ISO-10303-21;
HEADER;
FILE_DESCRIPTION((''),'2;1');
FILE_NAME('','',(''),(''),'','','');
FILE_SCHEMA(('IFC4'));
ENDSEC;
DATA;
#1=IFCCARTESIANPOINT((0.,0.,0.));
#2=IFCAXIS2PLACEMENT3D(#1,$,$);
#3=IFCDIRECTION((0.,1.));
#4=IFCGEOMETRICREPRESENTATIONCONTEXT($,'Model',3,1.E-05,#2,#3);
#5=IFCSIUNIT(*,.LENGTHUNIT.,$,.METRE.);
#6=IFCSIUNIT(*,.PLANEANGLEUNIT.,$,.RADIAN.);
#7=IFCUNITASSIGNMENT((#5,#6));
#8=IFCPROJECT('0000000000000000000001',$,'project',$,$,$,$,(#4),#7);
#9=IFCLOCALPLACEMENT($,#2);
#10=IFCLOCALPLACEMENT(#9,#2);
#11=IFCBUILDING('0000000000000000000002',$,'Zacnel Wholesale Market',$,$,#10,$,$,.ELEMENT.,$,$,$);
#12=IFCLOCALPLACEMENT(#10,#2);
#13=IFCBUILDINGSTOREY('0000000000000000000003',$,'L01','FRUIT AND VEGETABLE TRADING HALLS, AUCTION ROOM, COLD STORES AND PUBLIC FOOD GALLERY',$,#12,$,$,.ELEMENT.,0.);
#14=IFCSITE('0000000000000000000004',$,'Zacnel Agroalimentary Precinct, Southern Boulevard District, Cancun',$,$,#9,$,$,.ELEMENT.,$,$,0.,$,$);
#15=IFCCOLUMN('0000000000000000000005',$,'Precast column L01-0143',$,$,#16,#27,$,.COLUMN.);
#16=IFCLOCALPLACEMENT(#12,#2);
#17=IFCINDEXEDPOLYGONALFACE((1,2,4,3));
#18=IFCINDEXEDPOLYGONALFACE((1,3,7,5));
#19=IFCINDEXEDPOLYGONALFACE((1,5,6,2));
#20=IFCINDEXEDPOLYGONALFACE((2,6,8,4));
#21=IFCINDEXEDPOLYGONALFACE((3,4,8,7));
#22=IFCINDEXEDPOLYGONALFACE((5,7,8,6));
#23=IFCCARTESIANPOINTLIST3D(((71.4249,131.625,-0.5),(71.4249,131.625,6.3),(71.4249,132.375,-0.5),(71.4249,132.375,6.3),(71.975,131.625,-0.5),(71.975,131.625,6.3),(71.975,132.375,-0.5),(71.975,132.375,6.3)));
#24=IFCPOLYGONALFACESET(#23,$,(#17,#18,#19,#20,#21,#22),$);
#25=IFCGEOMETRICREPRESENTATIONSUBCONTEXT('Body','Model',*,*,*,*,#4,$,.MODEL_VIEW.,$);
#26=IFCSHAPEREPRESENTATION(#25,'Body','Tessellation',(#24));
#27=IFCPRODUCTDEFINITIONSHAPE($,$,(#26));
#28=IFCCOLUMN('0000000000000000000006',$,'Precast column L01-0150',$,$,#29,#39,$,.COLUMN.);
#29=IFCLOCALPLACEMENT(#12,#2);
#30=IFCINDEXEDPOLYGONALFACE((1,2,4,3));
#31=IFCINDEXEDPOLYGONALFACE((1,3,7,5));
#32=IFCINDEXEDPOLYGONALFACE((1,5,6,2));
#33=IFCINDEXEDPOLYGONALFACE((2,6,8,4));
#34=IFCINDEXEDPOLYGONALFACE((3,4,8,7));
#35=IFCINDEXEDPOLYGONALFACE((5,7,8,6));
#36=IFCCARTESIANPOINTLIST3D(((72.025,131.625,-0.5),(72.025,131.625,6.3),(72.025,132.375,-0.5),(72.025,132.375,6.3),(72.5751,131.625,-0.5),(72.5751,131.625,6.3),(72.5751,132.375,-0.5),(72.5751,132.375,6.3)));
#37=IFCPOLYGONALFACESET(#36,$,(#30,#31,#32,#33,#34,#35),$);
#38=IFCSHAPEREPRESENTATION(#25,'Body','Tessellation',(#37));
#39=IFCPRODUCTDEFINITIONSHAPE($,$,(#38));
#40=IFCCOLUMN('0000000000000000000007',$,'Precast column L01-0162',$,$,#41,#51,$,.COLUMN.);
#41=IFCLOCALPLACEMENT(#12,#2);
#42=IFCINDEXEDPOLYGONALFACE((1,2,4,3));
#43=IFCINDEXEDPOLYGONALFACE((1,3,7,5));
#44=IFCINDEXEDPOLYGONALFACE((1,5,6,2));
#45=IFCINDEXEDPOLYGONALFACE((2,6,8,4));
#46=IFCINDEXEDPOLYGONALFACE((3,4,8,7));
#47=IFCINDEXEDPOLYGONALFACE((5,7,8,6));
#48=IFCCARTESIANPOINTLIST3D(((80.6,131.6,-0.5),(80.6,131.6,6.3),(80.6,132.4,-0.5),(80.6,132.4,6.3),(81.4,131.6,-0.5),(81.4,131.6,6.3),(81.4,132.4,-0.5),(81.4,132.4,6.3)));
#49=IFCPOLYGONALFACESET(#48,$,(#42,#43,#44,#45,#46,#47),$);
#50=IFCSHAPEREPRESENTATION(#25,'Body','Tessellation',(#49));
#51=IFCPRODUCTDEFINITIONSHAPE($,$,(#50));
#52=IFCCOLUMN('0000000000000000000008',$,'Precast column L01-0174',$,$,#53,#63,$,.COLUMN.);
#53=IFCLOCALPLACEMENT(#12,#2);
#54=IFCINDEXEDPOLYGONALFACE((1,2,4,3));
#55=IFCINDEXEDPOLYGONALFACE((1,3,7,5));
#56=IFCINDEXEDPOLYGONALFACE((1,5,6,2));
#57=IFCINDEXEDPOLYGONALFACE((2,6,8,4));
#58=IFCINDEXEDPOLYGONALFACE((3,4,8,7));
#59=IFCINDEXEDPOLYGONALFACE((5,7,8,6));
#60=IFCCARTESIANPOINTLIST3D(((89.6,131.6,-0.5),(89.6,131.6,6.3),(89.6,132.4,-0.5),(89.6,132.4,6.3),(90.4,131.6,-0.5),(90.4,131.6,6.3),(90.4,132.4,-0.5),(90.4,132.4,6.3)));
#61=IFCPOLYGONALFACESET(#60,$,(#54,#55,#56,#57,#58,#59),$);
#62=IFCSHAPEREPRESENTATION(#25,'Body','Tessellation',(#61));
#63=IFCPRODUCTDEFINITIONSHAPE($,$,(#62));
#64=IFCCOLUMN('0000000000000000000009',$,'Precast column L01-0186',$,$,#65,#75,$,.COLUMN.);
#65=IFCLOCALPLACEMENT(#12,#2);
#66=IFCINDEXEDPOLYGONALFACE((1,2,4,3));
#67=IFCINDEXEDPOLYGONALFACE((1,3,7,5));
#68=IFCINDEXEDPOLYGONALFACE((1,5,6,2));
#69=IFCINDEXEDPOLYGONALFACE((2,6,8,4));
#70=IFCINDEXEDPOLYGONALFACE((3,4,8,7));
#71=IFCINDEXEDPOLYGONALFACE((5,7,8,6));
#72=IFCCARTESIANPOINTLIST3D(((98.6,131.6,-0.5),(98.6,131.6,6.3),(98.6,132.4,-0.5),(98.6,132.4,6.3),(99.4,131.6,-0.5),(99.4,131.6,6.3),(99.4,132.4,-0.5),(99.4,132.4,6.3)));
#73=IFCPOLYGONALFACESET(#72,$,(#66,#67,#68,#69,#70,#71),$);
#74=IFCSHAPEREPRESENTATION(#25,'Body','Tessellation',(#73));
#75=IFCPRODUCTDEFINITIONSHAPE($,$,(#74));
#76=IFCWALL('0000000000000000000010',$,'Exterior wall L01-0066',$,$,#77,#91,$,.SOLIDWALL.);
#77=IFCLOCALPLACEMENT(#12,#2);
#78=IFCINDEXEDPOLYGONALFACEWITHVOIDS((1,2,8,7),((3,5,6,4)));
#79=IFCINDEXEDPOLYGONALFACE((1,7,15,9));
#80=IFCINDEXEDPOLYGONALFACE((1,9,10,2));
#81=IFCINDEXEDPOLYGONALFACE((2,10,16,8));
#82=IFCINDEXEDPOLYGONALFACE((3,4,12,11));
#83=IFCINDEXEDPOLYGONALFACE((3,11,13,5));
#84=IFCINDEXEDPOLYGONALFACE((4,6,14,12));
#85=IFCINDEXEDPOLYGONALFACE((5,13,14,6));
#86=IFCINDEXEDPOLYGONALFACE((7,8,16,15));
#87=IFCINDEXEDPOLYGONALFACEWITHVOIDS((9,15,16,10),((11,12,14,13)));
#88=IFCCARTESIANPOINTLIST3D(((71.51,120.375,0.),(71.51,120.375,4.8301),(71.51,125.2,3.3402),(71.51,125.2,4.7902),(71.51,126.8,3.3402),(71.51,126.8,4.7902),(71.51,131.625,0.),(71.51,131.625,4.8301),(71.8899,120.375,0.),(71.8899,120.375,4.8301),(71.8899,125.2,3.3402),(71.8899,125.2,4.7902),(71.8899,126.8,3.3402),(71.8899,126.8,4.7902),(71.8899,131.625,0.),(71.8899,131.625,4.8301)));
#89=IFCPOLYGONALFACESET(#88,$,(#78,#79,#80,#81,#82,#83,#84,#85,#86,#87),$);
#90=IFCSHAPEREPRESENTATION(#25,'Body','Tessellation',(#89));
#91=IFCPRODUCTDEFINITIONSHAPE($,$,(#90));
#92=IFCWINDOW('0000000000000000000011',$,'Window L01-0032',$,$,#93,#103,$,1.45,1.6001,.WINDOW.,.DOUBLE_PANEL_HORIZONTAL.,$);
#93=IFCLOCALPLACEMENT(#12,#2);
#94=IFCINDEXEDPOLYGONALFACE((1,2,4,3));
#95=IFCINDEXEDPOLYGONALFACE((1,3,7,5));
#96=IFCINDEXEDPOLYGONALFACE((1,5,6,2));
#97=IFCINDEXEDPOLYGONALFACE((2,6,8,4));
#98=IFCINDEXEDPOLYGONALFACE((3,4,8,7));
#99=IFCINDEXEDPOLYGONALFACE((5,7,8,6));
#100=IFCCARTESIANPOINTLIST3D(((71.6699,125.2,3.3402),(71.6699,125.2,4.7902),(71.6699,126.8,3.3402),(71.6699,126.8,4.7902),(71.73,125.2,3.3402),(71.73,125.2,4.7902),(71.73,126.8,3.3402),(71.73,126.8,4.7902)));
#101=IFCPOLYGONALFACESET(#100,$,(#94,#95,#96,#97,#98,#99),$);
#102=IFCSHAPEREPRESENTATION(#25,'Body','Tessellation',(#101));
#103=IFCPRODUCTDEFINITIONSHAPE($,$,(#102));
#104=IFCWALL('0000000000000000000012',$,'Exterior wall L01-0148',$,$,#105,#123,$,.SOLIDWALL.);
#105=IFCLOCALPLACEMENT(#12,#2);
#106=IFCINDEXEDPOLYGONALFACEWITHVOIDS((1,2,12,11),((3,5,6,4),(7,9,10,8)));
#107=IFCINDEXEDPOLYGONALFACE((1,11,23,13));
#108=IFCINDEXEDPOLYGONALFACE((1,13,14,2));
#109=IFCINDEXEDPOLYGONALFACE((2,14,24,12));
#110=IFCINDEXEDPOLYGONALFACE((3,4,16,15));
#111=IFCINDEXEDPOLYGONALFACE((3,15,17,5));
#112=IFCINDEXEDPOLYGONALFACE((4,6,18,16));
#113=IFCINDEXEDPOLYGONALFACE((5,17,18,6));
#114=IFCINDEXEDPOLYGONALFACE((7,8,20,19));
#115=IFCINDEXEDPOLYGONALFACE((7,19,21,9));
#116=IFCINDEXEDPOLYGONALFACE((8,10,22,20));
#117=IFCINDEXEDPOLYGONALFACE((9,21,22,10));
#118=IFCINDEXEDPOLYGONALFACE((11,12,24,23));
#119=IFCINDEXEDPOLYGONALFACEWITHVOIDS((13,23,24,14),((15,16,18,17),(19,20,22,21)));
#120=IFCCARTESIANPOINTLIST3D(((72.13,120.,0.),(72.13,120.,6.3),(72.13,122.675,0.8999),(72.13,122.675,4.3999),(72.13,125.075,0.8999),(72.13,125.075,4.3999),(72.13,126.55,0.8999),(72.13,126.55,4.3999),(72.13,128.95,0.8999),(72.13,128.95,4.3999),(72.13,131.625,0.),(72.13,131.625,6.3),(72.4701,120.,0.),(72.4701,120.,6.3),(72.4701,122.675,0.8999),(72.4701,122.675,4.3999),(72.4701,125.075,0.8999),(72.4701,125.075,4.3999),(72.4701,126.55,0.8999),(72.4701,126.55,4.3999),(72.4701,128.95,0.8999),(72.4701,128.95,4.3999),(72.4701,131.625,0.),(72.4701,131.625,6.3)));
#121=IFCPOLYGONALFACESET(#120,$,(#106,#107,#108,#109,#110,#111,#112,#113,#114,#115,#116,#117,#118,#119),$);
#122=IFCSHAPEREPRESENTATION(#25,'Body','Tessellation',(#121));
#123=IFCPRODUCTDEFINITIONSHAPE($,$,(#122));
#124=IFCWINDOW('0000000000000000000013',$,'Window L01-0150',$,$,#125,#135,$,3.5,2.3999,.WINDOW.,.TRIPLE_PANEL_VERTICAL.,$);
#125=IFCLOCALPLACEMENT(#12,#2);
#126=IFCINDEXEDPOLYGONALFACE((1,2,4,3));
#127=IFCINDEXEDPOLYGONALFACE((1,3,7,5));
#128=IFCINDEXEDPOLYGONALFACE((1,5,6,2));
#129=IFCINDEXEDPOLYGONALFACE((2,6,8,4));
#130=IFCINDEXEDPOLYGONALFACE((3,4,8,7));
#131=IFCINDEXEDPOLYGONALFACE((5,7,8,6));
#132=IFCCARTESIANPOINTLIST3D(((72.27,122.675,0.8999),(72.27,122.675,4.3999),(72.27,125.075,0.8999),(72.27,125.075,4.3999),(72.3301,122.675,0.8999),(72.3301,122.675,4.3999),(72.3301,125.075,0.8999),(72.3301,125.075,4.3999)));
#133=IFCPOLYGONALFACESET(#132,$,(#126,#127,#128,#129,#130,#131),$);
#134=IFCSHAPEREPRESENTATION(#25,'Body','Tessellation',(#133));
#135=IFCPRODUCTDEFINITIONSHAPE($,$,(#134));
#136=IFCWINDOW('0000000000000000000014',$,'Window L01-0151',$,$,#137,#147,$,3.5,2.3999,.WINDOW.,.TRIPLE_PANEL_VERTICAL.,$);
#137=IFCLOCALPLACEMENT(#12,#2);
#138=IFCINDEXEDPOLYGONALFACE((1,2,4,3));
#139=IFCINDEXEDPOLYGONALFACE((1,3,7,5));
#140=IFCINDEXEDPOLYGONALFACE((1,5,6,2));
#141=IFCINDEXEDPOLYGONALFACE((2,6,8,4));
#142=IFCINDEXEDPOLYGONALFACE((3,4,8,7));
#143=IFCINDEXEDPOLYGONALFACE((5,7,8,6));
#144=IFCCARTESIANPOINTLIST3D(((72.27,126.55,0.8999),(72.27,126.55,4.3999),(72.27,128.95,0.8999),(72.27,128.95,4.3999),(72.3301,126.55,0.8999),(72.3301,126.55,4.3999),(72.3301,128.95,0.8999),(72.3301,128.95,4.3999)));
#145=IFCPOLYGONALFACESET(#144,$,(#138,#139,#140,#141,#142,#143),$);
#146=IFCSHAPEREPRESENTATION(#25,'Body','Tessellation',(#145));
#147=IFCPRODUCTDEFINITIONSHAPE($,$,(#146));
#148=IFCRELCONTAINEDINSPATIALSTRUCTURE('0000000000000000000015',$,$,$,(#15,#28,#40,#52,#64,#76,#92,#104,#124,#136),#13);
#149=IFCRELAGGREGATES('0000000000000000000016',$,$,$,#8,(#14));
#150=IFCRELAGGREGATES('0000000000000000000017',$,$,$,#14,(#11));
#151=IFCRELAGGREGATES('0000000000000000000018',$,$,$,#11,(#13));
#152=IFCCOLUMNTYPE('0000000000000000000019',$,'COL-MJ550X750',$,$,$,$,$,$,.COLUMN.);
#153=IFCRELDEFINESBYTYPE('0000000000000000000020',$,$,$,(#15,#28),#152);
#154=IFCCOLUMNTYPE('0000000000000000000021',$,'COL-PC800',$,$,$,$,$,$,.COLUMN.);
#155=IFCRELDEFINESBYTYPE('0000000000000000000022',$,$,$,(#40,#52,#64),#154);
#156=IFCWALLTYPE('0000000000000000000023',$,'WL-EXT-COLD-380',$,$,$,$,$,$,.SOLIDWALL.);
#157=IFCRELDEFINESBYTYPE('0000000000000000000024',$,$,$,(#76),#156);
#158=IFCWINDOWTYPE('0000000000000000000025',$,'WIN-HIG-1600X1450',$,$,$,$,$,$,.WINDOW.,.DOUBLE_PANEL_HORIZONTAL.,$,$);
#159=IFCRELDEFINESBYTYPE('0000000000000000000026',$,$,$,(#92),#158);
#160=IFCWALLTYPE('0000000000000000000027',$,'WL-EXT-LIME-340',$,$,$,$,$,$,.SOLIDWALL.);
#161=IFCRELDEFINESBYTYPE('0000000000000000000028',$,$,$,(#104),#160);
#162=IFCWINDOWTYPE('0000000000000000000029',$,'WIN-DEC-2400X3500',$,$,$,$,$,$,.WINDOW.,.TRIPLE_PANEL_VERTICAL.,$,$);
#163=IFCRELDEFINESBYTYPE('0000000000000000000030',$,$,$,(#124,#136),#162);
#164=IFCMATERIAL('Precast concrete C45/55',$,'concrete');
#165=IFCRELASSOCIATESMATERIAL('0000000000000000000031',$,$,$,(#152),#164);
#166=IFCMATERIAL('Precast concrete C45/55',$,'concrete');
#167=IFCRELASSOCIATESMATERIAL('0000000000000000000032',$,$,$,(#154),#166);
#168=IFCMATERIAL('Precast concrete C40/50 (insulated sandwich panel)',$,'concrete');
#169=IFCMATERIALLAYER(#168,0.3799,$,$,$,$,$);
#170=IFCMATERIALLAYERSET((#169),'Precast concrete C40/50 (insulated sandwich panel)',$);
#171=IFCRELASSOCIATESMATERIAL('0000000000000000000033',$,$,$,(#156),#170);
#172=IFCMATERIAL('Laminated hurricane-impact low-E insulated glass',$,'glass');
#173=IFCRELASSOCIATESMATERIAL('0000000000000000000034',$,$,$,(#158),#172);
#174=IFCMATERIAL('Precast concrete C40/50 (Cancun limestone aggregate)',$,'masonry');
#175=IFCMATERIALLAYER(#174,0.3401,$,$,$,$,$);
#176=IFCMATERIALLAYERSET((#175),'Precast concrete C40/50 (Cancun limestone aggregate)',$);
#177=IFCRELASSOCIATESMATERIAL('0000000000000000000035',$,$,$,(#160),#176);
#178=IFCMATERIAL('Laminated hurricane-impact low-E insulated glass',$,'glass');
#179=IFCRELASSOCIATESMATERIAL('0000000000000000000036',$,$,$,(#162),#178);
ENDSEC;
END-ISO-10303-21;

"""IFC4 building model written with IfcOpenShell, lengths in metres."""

from ifc_helpers import new_model, si_unit, direction, frame, frame_2d, origin, origin_2d, place, context, subcontext, project, spatial, rectangle, extrude, material, layer, layer_set, material_profile, profile_set, type_object, element, fill, save


model = new_model("IFC4")

# Units and contexts
model_context = context("Model", 3, precision=1e-05, world=origin(), true_north=direction((0.0, 1.0)))
body_context = subcontext(model_context, "Body", "Model", "MODEL_VIEW")
ifc_project = project(units=[si_unit("LENGTHUNIT", "METRE"), si_unit("PLANEANGLEUNIT", "RADIAN")], contexts=[model_context])

# Site, building, storey
site_placement = place(None, origin())
site = spatial("IfcSite", under=ifc_project, at=site_placement, Name="Zacnel Agroalimentary Precinct, Southern Boulevard District, Cancun", CompositionType="ELEMENT", RefElevation=0.0)
building_placement = place(site_placement, origin())
building = spatial("IfcBuilding", under=site, at=building_placement, Name="Zacnel Wholesale Market", CompositionType="ELEMENT")
storey_placement = place(building_placement, origin())
storey = spatial("IfcBuildingStorey", under=building, at=storey_placement, Name="L01", Description="FRUIT AND VEGETABLE TRADING HALLS, AUCTION ROOM, COLD STORES AND PUBLIC FOOD GALLERY", CompositionType="ELEMENT", Elevation=0.0)

# Columns
ifc_material_1 = material(Name="Precast concrete C45/55", Category="concrete")
ifc_material_profile_1 = material_profile(ifc_material_1, rectangle(XDim=0.55, YDim=0.75, at=origin_2d()), Name="PC 550x750")
ifc_profile_set_1 = profile_set([ifc_material_profile_1], Name="Precast concrete C45/55")
column_type_1 = type_object("IfcColumnType", Name="COL-MJ550X750", PredefinedType="COLUMN", material=ifc_profile_set_1)
for number, where, z_axis, x_axis, name in (
    (1, (71.7, 132.0, -0.5), (0.0, 0.0, 1.0), (1.0, 0.0, 0.0), "Precast column L01-0143"),
    (2, (72.3, 132.0, -0.5), (0.0, 0.0, 1.0), (1.0, 0.0, 0.0), "Precast column L01-0150"),
):
    element("IfcColumn", number, at=place(storey_placement, frame(where, z_axis=z_axis, x_axis=x_axis)), inside=storey, type_object=column_type_1, Name=name, PredefinedType="COLUMN", context=body_context, shape_type="SweptSolid", body=[
        extrude(rectangle(XDim=0.55, YDim=0.75, at=origin_2d()), origin(), (0.0, 0.0, 1.0), 6.8),
    ])
ifc_material_2 = material(Name="Precast concrete C45/55", Category="concrete")
ifc_material_profile_2 = material_profile(ifc_material_2, rectangle(XDim=0.8, YDim=0.8, at=origin_2d()), Name="PC 800x800")
ifc_profile_set_2 = profile_set([ifc_material_profile_2], Name="Precast concrete C45/55")
column_type_2 = type_object("IfcColumnType", Name="COL-PC800", PredefinedType="COLUMN", material=ifc_profile_set_2)
for number, where, z_axis, x_axis, name in (
    (3, (81.0, 132.0, -0.5), (0.0, 0.0, 1.0), (1.0, 0.0, 0.0), "Precast column L01-0162"),
    (4, (90.0, 132.0, -0.5), (0.0, 0.0, 1.0), (1.0, 0.0, 0.0), "Precast column L01-0174"),
    (5, (99.0, 132.0, -0.5), (0.0, 0.0, 1.0), (1.0, 0.0, 0.0), "Precast column L01-0186"),
):
    element("IfcColumn", number, at=place(storey_placement, frame(where, z_axis=z_axis, x_axis=x_axis)), inside=storey, type_object=column_type_2, Name=name, PredefinedType="COLUMN", context=body_context, shape_type="SweptSolid", body=[
        extrude(rectangle(XDim=0.8, YDim=0.8, at=origin_2d()), origin(), (0.0, 0.0, 1.0), 6.8),
    ])

# Wall, opening, window
ifc_material_3 = material(Name="Precast concrete C40/50 (insulated sandwich panel)", Category="concrete")
ifc_layer_1 = layer(ifc_material_3, 0.3799)
ifc_layer_set_1 = layer_set([ifc_layer_1], Name="Precast concrete C40/50 (insulated sandwich panel)")
wall_type_1 = type_object("IfcWallType", Name="WL-EXT-COLD-380", PredefinedType="SOLIDWALL", material=ifc_layer_set_1)
wall_1_placement = place(storey_placement, frame((71.7, 120.375, 0.0), z_axis=(0.0, 0.0, 1.0), x_axis=(0.0, 1.0, 0.0)))
wall_1 = element("IfcWall", 6, at=wall_1_placement, inside=storey, type_object=wall_type_1, Name="Exterior wall L01-0066", PredefinedType="SOLIDWALL", context=body_context, shape_type="SweptSolid", body=[
    extrude(rectangle(XDim=11.25, YDim=0.3799, at=frame_2d((5.625, 0.0))), origin(), (0.0, 0.0, 1.0), 4.8301),
])
opening_1_placement = place(wall_1_placement, frame((4.825, 0.0, 3.3401)))
opening_1 = element("IfcOpeningElement", 7, at=opening_1_placement, cuts=wall_1, PredefinedType="OPENING", context=body_context, shape_type="SweptSolid", body=[
    extrude(rectangle(XDim=1.6001, YDim=1.45, at=frame_2d((0.8, 0.7251))), frame((0.0, 0.2, 0.0), z_axis=(0.0, -1.0, 0.0), x_axis=(1.0, 0.0, 0.0)), (0.0, 0.0, 1.0), 0.3999),
])
ifc_material_4 = material(Name="Laminated hurricane-impact low-E insulated glass", Category="glass")
window_type_1 = type_object("IfcWindowType", Name="WIN-HIG-1600X1450", PartitioningType="DOUBLE_PANEL_HORIZONTAL", PredefinedType="WINDOW", material=ifc_material_4)
window_1_placement = place(opening_1_placement, origin())
window_1 = element("IfcWindow", 8, at=window_1_placement, inside=storey, type_object=window_type_1, Name="Window L01-0032", OverallHeight=1.45, OverallWidth=1.6001, PartitioningType="DOUBLE_PANEL_HORIZONTAL", PredefinedType="WINDOW", context=body_context, shape_type="SweptSolid", body=[
    extrude(rectangle(XDim=1.6001, YDim=1.45, at=frame_2d((0.8, 0.7251))), frame((0.0, 0.03, 0.0), z_axis=(0.0, -1.0, 0.0), x_axis=(1.0, 0.0, 0.0)), (0.0, 0.0, 1.0), 0.0601),
])
fill(opening_1, window_1)

# Wall, openings, windows
ifc_material_5 = material(Name="Precast concrete C40/50 (Cancun limestone aggregate)", Category="masonry")
ifc_layer_2 = layer(ifc_material_5, 0.3401)
ifc_layer_set_2 = layer_set([ifc_layer_2], Name="Precast concrete C40/50 (Cancun limestone aggregate)")
wall_type_2 = type_object("IfcWallType", Name="WL-EXT-LIME-340", PredefinedType="SOLIDWALL", material=ifc_layer_set_2)
wall_2_placement = place(storey_placement, frame((72.3, 120.0, 0.0), z_axis=(0.0, 0.0, 1.0), x_axis=(0.0, 1.0, 0.0)))
wall_2 = element("IfcWall", 9, at=wall_2_placement, inside=storey, type_object=wall_type_2, Name="Exterior wall L01-0148", PredefinedType="SOLIDWALL", context=body_context, shape_type="SweptSolid", body=[
    extrude(rectangle(XDim=11.625, YDim=0.3401, at=frame_2d((5.8125, 0.0))), origin(), (0.0, 0.0, 1.0), 6.3),
])
opening_2_placement = place(wall_2_placement, frame((2.675, 0.0, 0.8999)))
opening_2 = element("IfcOpeningElement", 10, at=opening_2_placement, cuts=wall_2, PredefinedType="OPENING", context=body_context, shape_type="SweptSolid", body=[
    extrude(rectangle(XDim=2.3999, YDim=3.5, at=frame_2d((1.2, 1.75))), frame((0.0, 0.1799, 0.0), z_axis=(0.0, -1.0, 0.0), x_axis=(1.0, 0.0, 0.0)), (0.0, 0.0, 1.0), 0.3601),
])
opening_3_placement = place(wall_2_placement, frame((6.55, 0.0, 0.8999)))
opening_3 = element("IfcOpeningElement", 11, at=opening_3_placement, cuts=wall_2, PredefinedType="OPENING", context=body_context, shape_type="SweptSolid", body=[
    extrude(rectangle(XDim=2.3999, YDim=3.5, at=frame_2d((1.2, 1.75))), frame((0.0, 0.1799, 0.0), z_axis=(0.0, -1.0, 0.0), x_axis=(1.0, 0.0, 0.0)), (0.0, 0.0, 1.0), 0.3601),
])
ifc_material_6 = material(Name="Laminated hurricane-impact low-E insulated glass", Category="glass")
window_type_2 = type_object("IfcWindowType", Name="WIN-DEC-2400X3500", PartitioningType="TRIPLE_PANEL_VERTICAL", PredefinedType="WINDOW", material=ifc_material_6)
window_2_placement = place(opening_2_placement, origin())
window_2 = element("IfcWindow", 12, at=window_2_placement, inside=storey, type_object=window_type_2, Name="Window L01-0150", OverallHeight=3.5, OverallWidth=2.3999, PartitioningType="TRIPLE_PANEL_VERTICAL", PredefinedType="WINDOW", context=body_context, shape_type="SweptSolid", body=[
    extrude(rectangle(XDim=2.3999, YDim=3.5, at=frame_2d((1.2, 1.75))), frame((0.0, 0.03, 0.0), z_axis=(0.0, -1.0, 0.0), x_axis=(1.0, 0.0, 0.0)), (0.0, 0.0, 1.0), 0.0601),
])
fill(opening_2, window_2)
window_3_placement = place(opening_3_placement, origin())
window_3 = element("IfcWindow", 13, at=window_3_placement, inside=storey, type_object=window_type_2, Name="Window L01-0151", OverallHeight=3.5, OverallWidth=2.3999, PartitioningType="TRIPLE_PANEL_VERTICAL", PredefinedType="WINDOW", context=body_context, shape_type="SweptSolid", body=[
    extrude(rectangle(XDim=2.3999, YDim=3.5, at=frame_2d((1.2, 1.75))), frame((0.0, 0.03, 0.0), z_axis=(0.0, -1.0, 0.0), x_axis=(1.0, 0.0, 0.0)), (0.0, 0.0, 1.0), 0.0601),
])
fill(opening_3, window_3)

save(model, "model.ifc")
